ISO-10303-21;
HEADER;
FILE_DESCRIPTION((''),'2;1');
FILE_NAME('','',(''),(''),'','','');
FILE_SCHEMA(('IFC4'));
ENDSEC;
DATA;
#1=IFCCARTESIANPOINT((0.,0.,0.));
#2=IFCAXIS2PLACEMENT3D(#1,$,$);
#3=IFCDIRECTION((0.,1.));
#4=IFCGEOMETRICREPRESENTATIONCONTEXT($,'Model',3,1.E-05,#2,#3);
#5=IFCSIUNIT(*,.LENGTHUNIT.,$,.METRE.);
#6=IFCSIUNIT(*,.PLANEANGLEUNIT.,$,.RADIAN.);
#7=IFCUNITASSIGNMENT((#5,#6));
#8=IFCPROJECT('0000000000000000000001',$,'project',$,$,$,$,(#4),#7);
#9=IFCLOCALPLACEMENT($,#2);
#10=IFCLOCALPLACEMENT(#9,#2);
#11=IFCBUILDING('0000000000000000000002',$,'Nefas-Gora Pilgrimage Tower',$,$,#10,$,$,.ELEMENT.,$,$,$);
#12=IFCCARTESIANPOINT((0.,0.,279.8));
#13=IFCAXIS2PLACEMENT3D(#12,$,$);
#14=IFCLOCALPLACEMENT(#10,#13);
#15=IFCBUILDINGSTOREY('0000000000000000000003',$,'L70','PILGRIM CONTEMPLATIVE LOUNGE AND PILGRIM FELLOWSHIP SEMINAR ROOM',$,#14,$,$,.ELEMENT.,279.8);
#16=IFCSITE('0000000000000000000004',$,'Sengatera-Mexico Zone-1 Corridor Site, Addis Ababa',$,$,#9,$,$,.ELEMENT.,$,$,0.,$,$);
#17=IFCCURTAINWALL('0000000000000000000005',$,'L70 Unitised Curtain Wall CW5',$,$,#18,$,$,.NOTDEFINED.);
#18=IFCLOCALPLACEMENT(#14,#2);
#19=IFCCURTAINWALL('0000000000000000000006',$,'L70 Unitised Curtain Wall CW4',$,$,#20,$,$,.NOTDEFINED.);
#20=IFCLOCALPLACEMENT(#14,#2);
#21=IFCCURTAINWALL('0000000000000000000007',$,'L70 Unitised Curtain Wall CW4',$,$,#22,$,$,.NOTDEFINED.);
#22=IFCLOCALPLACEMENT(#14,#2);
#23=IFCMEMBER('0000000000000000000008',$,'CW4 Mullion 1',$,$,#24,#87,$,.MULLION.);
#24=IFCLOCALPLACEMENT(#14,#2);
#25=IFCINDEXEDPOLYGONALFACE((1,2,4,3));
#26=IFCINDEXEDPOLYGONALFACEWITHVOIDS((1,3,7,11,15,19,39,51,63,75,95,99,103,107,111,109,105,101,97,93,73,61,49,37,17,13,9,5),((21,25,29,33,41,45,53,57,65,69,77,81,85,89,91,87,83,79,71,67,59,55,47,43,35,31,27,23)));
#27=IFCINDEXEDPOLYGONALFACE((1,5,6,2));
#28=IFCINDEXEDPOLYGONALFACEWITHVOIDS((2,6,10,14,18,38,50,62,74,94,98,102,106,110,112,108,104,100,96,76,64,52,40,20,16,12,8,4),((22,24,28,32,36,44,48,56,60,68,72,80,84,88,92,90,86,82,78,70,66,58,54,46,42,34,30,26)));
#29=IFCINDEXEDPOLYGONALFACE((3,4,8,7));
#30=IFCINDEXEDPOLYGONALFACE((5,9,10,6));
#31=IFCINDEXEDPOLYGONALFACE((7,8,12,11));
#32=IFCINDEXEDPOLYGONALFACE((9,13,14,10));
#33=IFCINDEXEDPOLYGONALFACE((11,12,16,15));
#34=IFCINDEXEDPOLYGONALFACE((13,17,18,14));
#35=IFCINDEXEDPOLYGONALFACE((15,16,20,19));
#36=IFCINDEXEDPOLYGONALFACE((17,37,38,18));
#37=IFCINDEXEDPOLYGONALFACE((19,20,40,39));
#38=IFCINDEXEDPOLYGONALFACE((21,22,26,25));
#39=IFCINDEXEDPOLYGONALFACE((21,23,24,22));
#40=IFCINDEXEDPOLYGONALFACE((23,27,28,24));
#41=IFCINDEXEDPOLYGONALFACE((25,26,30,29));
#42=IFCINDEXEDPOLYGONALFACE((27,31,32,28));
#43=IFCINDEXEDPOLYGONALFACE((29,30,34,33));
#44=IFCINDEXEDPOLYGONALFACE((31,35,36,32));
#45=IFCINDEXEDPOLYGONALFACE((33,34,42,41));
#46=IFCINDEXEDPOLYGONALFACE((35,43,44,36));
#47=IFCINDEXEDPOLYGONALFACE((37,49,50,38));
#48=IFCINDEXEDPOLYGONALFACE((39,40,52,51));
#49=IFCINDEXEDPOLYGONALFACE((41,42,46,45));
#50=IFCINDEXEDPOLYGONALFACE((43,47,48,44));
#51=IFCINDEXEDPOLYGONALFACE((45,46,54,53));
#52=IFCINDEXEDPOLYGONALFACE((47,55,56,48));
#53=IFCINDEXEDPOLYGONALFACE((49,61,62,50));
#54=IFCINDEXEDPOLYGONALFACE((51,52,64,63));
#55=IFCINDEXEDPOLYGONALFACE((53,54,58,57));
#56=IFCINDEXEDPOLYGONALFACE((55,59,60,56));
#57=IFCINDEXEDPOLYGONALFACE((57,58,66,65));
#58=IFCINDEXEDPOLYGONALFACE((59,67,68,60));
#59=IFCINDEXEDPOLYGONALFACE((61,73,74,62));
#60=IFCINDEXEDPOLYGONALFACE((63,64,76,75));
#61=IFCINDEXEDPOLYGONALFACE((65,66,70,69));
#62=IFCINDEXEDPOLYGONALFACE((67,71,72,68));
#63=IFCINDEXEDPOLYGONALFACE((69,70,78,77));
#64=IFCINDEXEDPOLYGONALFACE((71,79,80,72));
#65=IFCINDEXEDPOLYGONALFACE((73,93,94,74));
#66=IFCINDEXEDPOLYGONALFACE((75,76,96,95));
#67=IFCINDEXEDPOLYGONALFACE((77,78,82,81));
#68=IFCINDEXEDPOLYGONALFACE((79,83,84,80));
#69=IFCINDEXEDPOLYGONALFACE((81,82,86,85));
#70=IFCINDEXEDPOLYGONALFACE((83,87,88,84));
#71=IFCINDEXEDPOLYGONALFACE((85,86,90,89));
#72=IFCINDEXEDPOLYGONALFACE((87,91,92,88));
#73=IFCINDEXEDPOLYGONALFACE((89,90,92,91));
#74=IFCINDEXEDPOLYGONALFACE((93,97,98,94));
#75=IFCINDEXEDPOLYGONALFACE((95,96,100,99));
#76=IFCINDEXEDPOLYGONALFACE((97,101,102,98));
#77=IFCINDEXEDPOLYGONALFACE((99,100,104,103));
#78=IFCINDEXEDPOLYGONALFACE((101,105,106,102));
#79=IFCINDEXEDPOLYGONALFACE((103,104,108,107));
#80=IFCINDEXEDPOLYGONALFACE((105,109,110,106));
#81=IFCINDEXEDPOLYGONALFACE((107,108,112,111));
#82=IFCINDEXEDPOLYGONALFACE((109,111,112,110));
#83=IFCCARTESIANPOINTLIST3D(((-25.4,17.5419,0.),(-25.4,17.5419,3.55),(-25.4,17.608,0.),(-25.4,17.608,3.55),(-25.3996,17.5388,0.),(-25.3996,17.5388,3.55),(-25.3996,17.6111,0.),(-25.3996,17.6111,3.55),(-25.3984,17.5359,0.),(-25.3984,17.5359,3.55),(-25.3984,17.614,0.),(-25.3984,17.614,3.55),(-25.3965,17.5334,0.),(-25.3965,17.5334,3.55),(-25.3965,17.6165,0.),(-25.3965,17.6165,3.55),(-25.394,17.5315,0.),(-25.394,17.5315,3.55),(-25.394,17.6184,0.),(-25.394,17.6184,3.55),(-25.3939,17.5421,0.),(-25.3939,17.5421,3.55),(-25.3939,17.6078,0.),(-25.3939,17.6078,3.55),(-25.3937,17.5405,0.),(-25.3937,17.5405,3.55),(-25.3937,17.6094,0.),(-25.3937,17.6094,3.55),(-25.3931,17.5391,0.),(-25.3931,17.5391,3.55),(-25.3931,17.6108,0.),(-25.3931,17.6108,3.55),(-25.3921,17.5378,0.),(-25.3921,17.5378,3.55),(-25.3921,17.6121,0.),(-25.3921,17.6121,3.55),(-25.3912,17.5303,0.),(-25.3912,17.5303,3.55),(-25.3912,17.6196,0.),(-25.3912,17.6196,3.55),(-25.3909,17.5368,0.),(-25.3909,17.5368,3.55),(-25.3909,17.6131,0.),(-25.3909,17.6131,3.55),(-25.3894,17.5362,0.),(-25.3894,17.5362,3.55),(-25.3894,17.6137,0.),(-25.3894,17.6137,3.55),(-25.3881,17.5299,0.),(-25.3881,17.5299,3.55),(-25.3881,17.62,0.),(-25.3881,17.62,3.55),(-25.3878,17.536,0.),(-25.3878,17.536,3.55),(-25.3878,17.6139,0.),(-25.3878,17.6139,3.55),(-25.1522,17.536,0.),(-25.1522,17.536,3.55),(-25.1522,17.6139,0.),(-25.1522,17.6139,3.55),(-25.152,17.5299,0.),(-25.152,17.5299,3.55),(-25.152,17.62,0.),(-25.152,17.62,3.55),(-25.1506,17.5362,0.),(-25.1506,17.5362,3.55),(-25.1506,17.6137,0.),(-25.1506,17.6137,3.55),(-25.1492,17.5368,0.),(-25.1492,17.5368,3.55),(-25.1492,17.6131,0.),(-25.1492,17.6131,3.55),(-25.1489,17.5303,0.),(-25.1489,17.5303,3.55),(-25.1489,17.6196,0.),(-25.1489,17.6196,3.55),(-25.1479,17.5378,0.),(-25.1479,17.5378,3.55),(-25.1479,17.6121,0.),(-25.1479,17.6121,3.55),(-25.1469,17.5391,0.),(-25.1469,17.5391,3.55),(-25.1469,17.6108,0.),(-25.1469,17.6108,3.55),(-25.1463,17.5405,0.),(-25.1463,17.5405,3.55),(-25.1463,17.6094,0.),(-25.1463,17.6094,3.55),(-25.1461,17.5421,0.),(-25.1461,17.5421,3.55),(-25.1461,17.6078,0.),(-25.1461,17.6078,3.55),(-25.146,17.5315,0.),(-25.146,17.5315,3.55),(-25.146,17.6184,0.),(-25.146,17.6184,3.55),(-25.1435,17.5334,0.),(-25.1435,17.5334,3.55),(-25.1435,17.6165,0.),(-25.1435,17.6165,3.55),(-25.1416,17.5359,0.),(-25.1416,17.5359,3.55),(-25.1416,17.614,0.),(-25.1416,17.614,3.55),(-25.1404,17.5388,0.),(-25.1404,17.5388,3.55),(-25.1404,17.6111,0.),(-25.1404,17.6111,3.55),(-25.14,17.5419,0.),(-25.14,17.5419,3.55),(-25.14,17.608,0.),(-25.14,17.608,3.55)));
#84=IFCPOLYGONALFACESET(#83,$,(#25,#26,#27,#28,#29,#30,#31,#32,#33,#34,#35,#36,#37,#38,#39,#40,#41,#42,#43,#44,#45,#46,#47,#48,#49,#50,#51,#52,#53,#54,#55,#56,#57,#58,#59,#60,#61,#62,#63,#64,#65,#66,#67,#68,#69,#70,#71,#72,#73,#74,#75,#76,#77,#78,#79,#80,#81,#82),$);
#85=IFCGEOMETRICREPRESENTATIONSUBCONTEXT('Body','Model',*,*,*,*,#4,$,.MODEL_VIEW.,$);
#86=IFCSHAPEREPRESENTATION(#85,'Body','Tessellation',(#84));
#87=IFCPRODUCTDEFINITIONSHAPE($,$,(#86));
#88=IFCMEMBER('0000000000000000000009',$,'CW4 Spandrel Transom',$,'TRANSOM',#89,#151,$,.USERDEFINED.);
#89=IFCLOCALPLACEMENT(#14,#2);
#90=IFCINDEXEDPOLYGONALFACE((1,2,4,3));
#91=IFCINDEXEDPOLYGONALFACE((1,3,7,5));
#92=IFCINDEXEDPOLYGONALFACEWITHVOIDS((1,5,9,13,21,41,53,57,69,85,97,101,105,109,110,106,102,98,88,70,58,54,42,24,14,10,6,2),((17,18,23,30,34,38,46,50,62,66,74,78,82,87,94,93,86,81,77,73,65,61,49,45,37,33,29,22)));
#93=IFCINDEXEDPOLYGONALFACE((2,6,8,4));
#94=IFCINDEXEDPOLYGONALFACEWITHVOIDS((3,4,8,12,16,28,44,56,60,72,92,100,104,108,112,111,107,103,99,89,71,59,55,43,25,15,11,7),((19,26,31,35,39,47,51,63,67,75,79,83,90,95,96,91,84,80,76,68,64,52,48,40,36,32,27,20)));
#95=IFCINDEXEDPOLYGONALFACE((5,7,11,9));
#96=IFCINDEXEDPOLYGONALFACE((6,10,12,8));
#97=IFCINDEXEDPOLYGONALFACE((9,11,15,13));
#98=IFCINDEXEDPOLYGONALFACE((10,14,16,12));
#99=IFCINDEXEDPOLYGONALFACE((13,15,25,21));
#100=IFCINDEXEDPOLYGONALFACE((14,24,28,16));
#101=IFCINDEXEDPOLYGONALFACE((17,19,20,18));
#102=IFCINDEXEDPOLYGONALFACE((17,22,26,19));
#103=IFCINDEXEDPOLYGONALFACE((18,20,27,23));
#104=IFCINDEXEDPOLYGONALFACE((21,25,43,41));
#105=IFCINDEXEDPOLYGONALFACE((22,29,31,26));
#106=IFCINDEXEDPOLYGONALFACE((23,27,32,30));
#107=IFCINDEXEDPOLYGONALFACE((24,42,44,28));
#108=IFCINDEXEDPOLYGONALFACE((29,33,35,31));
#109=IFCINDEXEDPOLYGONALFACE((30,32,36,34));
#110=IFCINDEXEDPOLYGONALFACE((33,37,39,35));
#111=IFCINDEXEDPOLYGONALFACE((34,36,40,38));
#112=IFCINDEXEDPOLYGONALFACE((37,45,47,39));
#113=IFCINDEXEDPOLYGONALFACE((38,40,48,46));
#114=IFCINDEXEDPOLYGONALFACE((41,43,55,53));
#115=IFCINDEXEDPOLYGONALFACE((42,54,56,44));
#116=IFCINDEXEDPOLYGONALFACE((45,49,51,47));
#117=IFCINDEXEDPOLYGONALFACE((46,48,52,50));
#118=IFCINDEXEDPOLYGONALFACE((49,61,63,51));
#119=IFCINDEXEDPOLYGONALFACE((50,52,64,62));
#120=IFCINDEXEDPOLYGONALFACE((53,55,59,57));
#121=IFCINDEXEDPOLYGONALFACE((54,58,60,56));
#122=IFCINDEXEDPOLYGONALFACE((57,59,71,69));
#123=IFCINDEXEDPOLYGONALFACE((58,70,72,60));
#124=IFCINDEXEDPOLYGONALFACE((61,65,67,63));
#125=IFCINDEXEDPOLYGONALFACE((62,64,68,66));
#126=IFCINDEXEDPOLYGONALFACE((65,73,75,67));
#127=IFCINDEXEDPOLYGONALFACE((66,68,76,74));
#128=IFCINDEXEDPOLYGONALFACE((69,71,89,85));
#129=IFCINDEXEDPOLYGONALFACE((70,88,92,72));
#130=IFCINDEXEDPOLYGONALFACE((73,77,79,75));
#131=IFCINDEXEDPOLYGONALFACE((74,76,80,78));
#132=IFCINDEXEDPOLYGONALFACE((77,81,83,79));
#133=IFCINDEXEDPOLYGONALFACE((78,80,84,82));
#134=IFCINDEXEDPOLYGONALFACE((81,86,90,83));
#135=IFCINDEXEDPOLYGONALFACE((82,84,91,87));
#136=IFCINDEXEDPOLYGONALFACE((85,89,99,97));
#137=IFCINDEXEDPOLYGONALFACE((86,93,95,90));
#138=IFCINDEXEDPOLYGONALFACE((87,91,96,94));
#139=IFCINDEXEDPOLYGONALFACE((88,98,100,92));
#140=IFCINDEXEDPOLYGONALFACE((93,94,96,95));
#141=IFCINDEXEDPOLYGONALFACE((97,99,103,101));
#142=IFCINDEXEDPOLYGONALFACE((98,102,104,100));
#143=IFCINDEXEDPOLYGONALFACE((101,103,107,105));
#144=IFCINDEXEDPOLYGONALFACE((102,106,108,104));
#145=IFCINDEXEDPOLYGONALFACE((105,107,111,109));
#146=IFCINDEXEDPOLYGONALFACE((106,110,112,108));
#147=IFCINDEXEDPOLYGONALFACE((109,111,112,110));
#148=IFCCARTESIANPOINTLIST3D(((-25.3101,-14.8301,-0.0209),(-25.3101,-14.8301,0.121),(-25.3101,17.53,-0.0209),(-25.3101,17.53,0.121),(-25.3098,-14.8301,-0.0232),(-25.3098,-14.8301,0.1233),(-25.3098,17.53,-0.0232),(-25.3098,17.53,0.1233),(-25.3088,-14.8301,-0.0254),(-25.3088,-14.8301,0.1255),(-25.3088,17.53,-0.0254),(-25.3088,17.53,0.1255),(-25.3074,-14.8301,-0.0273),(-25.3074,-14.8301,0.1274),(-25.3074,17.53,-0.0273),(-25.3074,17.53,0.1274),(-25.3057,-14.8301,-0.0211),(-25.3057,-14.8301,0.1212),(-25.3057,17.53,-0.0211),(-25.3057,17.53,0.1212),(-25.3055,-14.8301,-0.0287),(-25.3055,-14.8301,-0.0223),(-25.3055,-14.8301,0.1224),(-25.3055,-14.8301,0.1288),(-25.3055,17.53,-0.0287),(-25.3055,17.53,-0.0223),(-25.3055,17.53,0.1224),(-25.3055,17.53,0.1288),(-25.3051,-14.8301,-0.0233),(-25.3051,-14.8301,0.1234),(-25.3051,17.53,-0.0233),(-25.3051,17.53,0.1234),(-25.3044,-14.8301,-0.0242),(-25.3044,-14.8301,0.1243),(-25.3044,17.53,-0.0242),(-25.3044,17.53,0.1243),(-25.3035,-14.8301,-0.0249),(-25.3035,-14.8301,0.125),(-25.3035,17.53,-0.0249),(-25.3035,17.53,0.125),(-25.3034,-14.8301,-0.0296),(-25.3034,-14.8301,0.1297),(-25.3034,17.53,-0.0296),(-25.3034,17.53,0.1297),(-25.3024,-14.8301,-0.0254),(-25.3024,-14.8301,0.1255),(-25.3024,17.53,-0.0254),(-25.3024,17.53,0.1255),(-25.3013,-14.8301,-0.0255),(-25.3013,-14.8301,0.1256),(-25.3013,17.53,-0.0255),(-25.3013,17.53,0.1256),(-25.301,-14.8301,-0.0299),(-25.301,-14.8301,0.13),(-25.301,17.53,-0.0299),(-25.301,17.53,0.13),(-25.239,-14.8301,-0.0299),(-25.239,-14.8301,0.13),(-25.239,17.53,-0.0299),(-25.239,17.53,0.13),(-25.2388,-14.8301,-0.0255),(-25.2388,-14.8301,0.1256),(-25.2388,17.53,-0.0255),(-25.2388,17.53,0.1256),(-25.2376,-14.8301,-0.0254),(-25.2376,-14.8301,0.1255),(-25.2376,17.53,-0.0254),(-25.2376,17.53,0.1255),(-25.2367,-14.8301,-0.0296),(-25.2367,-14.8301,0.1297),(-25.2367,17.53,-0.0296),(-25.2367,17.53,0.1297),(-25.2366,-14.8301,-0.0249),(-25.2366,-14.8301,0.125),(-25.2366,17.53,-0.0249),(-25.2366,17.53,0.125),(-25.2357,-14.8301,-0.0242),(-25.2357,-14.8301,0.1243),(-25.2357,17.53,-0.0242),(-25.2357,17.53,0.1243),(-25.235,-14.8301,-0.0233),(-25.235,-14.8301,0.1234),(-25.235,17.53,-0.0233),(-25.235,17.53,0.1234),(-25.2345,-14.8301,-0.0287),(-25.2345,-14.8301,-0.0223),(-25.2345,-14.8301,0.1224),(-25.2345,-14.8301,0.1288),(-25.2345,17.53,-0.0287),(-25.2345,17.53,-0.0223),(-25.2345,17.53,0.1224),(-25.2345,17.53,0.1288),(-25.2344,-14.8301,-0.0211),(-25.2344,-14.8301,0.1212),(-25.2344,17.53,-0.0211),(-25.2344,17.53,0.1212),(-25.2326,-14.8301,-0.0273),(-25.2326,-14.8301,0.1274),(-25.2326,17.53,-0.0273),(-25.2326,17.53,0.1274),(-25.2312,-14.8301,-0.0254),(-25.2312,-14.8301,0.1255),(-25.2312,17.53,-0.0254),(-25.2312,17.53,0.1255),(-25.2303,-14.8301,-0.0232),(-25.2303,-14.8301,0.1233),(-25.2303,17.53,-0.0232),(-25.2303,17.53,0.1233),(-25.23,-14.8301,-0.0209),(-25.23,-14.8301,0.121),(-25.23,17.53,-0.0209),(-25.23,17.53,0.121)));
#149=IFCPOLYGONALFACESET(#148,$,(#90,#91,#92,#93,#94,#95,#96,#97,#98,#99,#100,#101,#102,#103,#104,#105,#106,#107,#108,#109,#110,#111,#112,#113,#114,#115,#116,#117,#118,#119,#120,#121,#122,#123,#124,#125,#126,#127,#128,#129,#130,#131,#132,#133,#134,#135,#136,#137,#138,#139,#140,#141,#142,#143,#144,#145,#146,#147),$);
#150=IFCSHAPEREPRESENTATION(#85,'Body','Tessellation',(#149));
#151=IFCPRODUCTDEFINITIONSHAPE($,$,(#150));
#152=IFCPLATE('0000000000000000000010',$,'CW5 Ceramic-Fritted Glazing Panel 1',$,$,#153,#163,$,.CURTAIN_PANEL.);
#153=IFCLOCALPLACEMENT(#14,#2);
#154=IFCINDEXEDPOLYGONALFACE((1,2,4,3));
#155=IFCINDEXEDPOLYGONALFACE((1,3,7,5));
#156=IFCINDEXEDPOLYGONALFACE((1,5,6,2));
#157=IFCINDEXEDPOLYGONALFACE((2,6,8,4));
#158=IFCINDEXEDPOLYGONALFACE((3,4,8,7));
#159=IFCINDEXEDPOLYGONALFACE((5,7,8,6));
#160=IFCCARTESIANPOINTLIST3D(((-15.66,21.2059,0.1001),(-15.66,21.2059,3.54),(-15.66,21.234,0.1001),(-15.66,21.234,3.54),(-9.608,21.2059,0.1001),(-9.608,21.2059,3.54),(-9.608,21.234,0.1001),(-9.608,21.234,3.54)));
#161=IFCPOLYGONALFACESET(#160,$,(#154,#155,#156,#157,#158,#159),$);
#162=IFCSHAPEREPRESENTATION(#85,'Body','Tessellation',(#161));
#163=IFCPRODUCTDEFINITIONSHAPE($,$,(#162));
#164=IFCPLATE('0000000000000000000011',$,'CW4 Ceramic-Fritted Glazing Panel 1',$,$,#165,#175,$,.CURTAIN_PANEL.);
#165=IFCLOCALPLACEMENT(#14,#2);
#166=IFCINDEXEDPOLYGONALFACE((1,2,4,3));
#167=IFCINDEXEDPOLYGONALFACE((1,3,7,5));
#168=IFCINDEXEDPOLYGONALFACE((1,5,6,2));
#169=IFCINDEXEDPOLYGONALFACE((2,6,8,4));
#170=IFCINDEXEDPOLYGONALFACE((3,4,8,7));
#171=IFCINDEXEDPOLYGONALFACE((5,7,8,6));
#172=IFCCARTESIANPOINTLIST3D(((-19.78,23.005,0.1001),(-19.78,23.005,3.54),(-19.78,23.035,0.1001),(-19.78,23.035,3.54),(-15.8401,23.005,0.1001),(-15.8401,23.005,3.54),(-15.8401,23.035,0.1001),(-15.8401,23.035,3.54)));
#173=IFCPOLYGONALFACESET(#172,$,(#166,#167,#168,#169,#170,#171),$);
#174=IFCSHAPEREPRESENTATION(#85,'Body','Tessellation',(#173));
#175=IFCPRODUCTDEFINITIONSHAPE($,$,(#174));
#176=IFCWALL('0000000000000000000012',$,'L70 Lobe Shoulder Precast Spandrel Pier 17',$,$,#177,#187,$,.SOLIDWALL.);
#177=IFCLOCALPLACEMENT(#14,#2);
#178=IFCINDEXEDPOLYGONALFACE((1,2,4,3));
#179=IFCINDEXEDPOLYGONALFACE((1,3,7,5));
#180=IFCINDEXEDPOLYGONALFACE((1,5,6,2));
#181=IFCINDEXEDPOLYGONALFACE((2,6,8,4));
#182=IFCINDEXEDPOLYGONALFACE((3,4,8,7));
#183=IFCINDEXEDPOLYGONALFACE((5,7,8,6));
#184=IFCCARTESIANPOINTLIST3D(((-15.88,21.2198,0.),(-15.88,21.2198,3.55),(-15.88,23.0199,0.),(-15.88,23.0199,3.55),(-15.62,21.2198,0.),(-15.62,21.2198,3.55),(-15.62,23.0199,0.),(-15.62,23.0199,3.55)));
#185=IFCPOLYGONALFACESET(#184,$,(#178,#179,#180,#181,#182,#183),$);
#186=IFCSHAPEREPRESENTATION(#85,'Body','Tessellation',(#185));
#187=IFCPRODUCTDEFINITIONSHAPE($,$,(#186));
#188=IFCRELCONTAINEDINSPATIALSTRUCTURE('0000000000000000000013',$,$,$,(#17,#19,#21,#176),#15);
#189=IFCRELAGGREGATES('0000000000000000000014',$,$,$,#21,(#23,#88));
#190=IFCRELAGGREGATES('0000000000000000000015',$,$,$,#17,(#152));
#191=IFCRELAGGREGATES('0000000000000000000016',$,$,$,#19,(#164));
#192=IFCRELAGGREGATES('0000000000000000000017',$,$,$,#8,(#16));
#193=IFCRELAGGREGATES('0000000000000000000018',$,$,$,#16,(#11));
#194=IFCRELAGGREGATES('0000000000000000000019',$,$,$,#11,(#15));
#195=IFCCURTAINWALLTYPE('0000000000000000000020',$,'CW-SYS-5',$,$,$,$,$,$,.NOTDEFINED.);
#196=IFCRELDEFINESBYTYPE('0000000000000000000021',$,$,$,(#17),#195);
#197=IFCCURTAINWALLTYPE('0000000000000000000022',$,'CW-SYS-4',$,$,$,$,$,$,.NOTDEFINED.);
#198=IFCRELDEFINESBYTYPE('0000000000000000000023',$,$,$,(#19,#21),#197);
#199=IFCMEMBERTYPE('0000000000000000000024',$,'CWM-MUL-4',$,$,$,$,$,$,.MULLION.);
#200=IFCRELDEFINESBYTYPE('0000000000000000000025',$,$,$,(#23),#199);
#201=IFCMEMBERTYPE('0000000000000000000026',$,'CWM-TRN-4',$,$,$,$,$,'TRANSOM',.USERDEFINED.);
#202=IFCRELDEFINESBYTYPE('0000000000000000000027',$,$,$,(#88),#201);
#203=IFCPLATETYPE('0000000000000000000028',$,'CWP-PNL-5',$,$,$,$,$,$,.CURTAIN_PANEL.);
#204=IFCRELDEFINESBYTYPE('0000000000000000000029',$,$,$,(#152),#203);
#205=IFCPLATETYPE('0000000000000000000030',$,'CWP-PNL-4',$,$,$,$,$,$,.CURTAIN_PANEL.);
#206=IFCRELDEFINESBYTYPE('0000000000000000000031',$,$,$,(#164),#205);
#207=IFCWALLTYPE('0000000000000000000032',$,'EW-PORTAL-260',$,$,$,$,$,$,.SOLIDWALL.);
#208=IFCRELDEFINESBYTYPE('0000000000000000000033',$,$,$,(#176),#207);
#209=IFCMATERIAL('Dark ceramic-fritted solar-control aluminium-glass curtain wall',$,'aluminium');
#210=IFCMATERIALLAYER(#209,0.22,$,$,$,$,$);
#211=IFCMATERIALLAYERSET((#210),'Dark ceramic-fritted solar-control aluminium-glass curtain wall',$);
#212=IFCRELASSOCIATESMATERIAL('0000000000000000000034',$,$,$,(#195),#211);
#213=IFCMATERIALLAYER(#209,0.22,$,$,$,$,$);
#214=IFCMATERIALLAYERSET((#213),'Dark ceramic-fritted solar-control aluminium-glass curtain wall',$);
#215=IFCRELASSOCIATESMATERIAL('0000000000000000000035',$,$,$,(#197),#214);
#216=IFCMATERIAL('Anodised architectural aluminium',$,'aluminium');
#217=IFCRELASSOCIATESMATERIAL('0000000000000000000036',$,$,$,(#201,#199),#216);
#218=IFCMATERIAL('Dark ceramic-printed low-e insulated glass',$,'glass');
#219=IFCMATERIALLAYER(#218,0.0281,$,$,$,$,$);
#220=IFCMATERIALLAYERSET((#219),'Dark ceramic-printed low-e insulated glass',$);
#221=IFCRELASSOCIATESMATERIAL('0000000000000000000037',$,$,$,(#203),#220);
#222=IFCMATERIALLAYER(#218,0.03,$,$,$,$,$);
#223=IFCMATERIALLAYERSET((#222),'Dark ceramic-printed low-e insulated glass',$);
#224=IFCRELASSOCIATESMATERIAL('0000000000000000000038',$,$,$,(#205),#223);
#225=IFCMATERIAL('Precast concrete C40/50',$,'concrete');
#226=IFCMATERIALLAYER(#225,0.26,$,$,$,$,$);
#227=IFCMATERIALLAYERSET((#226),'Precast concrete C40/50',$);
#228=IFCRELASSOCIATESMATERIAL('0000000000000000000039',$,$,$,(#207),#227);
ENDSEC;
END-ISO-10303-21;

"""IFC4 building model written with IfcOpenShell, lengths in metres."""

from ifc_helpers import new_model, si_unit, direction, frame, frame_2d, origin, origin_2d, place, context, subcontext, project, spatial, rectangle, hollow_rectangle, extrude, source, transform, mapped, material, layer, layer_set, material_profile, profile_set, type_object, element, aggregate, save


model = new_model("IFC4")

# Units and contexts
model_context = context("Model", 3, precision=1e-05, world=origin(), true_north=direction((0.0, 1.0)))
body_context = subcontext(model_context, "Body", "Model", "MODEL_VIEW")
ifc_project = project(units=[si_unit("LENGTHUNIT", "METRE"), si_unit("PLANEANGLEUNIT", "RADIAN")], contexts=[model_context])

# Site, building, storey
site_placement = place(None, origin())
site = spatial("IfcSite", under=ifc_project, at=site_placement, Name="Sengatera-Mexico Zone-1 Corridor Site, Addis Ababa", CompositionType="ELEMENT", RefElevation=0.0)
building_placement = place(site_placement, origin())
building = spatial("IfcBuilding", under=site, at=building_placement, Name="Nefas-Gora Pilgrimage Tower", CompositionType="ELEMENT")
storey_placement = place(building_placement, frame((0.0, 0.0, 279.8)))
storey = spatial("IfcBuildingStorey", under=building, at=storey_placement, Name="L70", Description="PILGRIM CONTEMPLATIVE LOUNGE AND PILGRIM FELLOWSHIP SEMINAR ROOM", CompositionType="ELEMENT", Elevation=279.8)

# Curtain wall
ifc_material_1 = material(Name="Dark ceramic-fritted solar-control aluminium-glass curtain wall", Category="aluminium")
ifc_layer_1 = layer(ifc_material_1, 0.22)
ifc_layer_set_1 = layer_set([ifc_layer_1], Name="Dark ceramic-fritted solar-control aluminium-glass curtain wall")
curtain_wall_type_1 = type_object("IfcCurtainWallType", Name="CW-SYS-5", PredefinedType="NOTDEFINED", material=ifc_layer_set_1)
curtain_wall_1_placement = place(storey_placement, origin())
curtain_wall_1 = element("IfcCurtainWall", 1, at=curtain_wall_1_placement, inside=storey, type_object=curtain_wall_type_1, Name="L70 Unitised Curtain Wall CW5", PredefinedType="NOTDEFINED")
ifc_material_2 = material(Name="Anodised architectural aluminium", Category="aluminium")

# Curtain walls, members
ifc_layer_2 = layer(ifc_material_1, 0.22)
ifc_layer_set_2 = layer_set([ifc_layer_2], Name="Dark ceramic-fritted solar-control aluminium-glass curtain wall")
curtain_wall_type_2 = type_object("IfcCurtainWallType", Name="CW-SYS-4", PredefinedType="NOTDEFINED", material=ifc_layer_set_2)
curtain_wall_2_placement = place(storey_placement, origin())
curtain_wall_2 = element("IfcCurtainWall", 2, at=curtain_wall_2_placement, inside=storey, type_object=curtain_wall_type_2, Name="L70 Unitised Curtain Wall CW4", PredefinedType="NOTDEFINED")
ifc_material_profile_1 = material_profile(ifc_material_2, hollow_rectangle(XDim=0.0801, YDim=0.1599, WallThickness=0.0044, InnerFilletRadius=0.0044, OuterFilletRadius=0.009, at=origin_2d()), Name="ALU TRANSOM 80x160")
ifc_profile_set_1 = profile_set([ifc_material_profile_1], Name="Anodised architectural aluminium")
member_type_1 = type_object("IfcMemberType", Name="CWM-TRN-4", ElementType="TRANSOM", PredefinedType="USERDEFINED", material=ifc_profile_set_1)
ifc_material_profile_2 = material_profile(ifc_material_2, hollow_rectangle(XDim=0.0901, YDim=0.26, WallThickness=0.0061, InnerFilletRadius=0.0061, OuterFilletRadius=0.012, at=origin_2d()), Name="ALU MULLION 90x260")
ifc_profile_set_2 = profile_set([ifc_material_profile_2], Name="Anodised architectural aluminium")
member_type_2 = type_object("IfcMemberType", Name="CWM-MUL-4", PredefinedType="MULLION", material=ifc_profile_set_2)
shared_shape_1 = source(origin(), body_context, "Body", "SweptSolid", [
    extrude(hollow_rectangle(XDim=0.0901, YDim=0.26, WallThickness=0.0061, InnerFilletRadius=0.0061, OuterFilletRadius=0.012, at=origin_2d()), origin(), (0.0, 0.0, 1.0), 3.55),
])
curtain_wall_3_placement = place(storey_placement, origin())
curtain_wall_3 = element("IfcCurtainWall", 3, at=curtain_wall_3_placement, inside=storey, type_object=curtain_wall_type_2, Name="L70 Unitised Curtain Wall CW4", PredefinedType="NOTDEFINED")
member_1_placement = place(storey_placement, frame((-25.27, 17.575, 0.0), z_axis=(0.0, 0.0, 1.0), x_axis=(0.0, -1.0, 0.0)))
member_1 = element("IfcMember", 4, at=member_1_placement, type_object=member_type_2, Name="CW4 Mullion 1", PredefinedType="MULLION", context=body_context, shape_type="MappedRepresentation", body=[
    mapped(shared_shape_1, transform((0.0, 0.0, 0.0), x_axis=(1.0, 0.0, 0.0), y_axis=(0.0, 1.0, 0.0), z_axis=(0.0, 0.0, 1.0), scale=1.0)),
])
shared_shape_2 = source(origin(), body_context, "Body", "SweptSolid", [
    extrude(hollow_rectangle(XDim=0.0801, YDim=0.1599, WallThickness=0.0044, InnerFilletRadius=0.0044, OuterFilletRadius=0.009, at=origin_2d()), origin(), (0.0, 0.0, 1.0), 32.3601),
])
member_2_placement = place(storey_placement, frame((-25.27, 17.53, 0.05), z_axis=(0.0, -1.0, 0.0), x_axis=(1.0, 0.0, 0.0)))
member_2 = element("IfcMember", 5, at=member_2_placement, type_object=member_type_1, Name="CW4 Spandrel Transom", ObjectType="TRANSOM", PredefinedType="USERDEFINED", context=body_context, shape_type="MappedRepresentation", body=[
    mapped(shared_shape_2, transform((0.0, 0.0, 0.0), x_axis=(1.0, 0.0, 0.0), y_axis=(0.0, 1.0, 0.0), z_axis=(0.0, 0.0, 1.0), scale=1.0)),
])
aggregate(curtain_wall_3, [member_1, member_2])

# Plates
ifc_material_3 = material(Name="Dark ceramic-printed low-e insulated glass", Category="glass")
ifc_layer_3 = layer(ifc_material_3, 0.0281)
ifc_layer_set_3 = layer_set([ifc_layer_3], Name="Dark ceramic-printed low-e insulated glass")
plate_type_1 = type_object("IfcPlateType", Name="CWP-PNL-5", PredefinedType="CURTAIN_PANEL", material=ifc_layer_set_3)
shared_shape_3 = source(origin(), body_context, "Body", "SweptSolid", [
    extrude(rectangle(XDim=6.052, YDim=0.0281, at=origin_2d()), origin(), (0.0, 0.0, 1.0), 3.4399),
])
plate_1_placement = place(storey_placement, frame((-12.634, 21.22, 0.1001), z_axis=(0.0, 0.0, 1.0), x_axis=(-1.0, 0.0, 0.0)))
plate_1 = element("IfcPlate", 6, at=plate_1_placement, type_object=plate_type_1, Name="CW5 Ceramic-Fritted Glazing Panel 1", PredefinedType="CURTAIN_PANEL", context=body_context, shape_type="MappedRepresentation", body=[
    mapped(shared_shape_3, transform((0.0, 0.0, 0.0), x_axis=(1.0, 0.0, 0.0), y_axis=(0.0, 1.0, 0.0), z_axis=(0.0, 0.0, 1.0), scale=1.0)),
])
aggregate(curtain_wall_1, [plate_1])
ifc_layer_4 = layer(ifc_material_3, 0.03)
ifc_layer_set_4 = layer_set([ifc_layer_4], Name="Dark ceramic-printed low-e insulated glass")
plate_type_2 = type_object("IfcPlateType", Name="CWP-PNL-4", PredefinedType="CURTAIN_PANEL", material=ifc_layer_set_4)
shared_shape_4 = source(origin(), body_context, "Body", "SweptSolid", [
    extrude(rectangle(XDim=3.9399, YDim=0.03, at=origin_2d()), origin(), (0.0, 0.0, 1.0), 3.4399),
])
plate_2_placement = place(storey_placement, frame((-17.8101, 23.02, 0.1001), z_axis=(0.0, 0.0, 1.0), x_axis=(-1.0, 0.0, 0.0)))
plate_2 = element("IfcPlate", 7, at=plate_2_placement, type_object=plate_type_2, Name="CW4 Ceramic-Fritted Glazing Panel 1", PredefinedType="CURTAIN_PANEL", context=body_context, shape_type="MappedRepresentation", body=[
    mapped(shared_shape_4, transform((0.0, 0.0, 0.0), x_axis=(1.0, 0.0, 0.0), y_axis=(0.0, 1.0, 0.0), z_axis=(0.0, 0.0, 1.0), scale=1.0)),
])
aggregate(curtain_wall_2, [plate_2])

# Wall
ifc_material_4 = material(Name="Precast concrete C40/50", Category="concrete")
ifc_layer_5 = layer(ifc_material_4, 0.26)
ifc_layer_set_5 = layer_set([ifc_layer_5], Name="Precast concrete C40/50")
wall_type_1 = type_object("IfcWallType", Name="EW-PORTAL-260", PredefinedType="SOLIDWALL", material=ifc_layer_set_5)
shared_shape_5 = source(origin(), body_context, "Body", "SweptSolid", [
    extrude(rectangle(XDim=1.8, YDim=0.26, at=frame_2d((0.8999, 0.0))), origin(), (0.0, 0.0, 1.0), 3.55),
])
wall_1_placement = place(storey_placement, frame((-15.75, 21.22, 0.0), z_axis=(0.0, 0.0, 1.0), x_axis=(0.0, 1.0, 0.0)))
element("IfcWall", 8, at=wall_1_placement, inside=storey, type_object=wall_type_1, Name="L70 Lobe Shoulder Precast Spandrel Pier 17", PredefinedType="SOLIDWALL", context=body_context, shape_type="MappedRepresentation", body=[
    mapped(shared_shape_5, transform((0.0, 0.0, 0.0), x_axis=(1.0, 0.0, 0.0), y_axis=(0.0, 1.0, 0.0), z_axis=(0.0, 0.0, 1.0), scale=1.0)),
])

save(model, "model.ifc")
